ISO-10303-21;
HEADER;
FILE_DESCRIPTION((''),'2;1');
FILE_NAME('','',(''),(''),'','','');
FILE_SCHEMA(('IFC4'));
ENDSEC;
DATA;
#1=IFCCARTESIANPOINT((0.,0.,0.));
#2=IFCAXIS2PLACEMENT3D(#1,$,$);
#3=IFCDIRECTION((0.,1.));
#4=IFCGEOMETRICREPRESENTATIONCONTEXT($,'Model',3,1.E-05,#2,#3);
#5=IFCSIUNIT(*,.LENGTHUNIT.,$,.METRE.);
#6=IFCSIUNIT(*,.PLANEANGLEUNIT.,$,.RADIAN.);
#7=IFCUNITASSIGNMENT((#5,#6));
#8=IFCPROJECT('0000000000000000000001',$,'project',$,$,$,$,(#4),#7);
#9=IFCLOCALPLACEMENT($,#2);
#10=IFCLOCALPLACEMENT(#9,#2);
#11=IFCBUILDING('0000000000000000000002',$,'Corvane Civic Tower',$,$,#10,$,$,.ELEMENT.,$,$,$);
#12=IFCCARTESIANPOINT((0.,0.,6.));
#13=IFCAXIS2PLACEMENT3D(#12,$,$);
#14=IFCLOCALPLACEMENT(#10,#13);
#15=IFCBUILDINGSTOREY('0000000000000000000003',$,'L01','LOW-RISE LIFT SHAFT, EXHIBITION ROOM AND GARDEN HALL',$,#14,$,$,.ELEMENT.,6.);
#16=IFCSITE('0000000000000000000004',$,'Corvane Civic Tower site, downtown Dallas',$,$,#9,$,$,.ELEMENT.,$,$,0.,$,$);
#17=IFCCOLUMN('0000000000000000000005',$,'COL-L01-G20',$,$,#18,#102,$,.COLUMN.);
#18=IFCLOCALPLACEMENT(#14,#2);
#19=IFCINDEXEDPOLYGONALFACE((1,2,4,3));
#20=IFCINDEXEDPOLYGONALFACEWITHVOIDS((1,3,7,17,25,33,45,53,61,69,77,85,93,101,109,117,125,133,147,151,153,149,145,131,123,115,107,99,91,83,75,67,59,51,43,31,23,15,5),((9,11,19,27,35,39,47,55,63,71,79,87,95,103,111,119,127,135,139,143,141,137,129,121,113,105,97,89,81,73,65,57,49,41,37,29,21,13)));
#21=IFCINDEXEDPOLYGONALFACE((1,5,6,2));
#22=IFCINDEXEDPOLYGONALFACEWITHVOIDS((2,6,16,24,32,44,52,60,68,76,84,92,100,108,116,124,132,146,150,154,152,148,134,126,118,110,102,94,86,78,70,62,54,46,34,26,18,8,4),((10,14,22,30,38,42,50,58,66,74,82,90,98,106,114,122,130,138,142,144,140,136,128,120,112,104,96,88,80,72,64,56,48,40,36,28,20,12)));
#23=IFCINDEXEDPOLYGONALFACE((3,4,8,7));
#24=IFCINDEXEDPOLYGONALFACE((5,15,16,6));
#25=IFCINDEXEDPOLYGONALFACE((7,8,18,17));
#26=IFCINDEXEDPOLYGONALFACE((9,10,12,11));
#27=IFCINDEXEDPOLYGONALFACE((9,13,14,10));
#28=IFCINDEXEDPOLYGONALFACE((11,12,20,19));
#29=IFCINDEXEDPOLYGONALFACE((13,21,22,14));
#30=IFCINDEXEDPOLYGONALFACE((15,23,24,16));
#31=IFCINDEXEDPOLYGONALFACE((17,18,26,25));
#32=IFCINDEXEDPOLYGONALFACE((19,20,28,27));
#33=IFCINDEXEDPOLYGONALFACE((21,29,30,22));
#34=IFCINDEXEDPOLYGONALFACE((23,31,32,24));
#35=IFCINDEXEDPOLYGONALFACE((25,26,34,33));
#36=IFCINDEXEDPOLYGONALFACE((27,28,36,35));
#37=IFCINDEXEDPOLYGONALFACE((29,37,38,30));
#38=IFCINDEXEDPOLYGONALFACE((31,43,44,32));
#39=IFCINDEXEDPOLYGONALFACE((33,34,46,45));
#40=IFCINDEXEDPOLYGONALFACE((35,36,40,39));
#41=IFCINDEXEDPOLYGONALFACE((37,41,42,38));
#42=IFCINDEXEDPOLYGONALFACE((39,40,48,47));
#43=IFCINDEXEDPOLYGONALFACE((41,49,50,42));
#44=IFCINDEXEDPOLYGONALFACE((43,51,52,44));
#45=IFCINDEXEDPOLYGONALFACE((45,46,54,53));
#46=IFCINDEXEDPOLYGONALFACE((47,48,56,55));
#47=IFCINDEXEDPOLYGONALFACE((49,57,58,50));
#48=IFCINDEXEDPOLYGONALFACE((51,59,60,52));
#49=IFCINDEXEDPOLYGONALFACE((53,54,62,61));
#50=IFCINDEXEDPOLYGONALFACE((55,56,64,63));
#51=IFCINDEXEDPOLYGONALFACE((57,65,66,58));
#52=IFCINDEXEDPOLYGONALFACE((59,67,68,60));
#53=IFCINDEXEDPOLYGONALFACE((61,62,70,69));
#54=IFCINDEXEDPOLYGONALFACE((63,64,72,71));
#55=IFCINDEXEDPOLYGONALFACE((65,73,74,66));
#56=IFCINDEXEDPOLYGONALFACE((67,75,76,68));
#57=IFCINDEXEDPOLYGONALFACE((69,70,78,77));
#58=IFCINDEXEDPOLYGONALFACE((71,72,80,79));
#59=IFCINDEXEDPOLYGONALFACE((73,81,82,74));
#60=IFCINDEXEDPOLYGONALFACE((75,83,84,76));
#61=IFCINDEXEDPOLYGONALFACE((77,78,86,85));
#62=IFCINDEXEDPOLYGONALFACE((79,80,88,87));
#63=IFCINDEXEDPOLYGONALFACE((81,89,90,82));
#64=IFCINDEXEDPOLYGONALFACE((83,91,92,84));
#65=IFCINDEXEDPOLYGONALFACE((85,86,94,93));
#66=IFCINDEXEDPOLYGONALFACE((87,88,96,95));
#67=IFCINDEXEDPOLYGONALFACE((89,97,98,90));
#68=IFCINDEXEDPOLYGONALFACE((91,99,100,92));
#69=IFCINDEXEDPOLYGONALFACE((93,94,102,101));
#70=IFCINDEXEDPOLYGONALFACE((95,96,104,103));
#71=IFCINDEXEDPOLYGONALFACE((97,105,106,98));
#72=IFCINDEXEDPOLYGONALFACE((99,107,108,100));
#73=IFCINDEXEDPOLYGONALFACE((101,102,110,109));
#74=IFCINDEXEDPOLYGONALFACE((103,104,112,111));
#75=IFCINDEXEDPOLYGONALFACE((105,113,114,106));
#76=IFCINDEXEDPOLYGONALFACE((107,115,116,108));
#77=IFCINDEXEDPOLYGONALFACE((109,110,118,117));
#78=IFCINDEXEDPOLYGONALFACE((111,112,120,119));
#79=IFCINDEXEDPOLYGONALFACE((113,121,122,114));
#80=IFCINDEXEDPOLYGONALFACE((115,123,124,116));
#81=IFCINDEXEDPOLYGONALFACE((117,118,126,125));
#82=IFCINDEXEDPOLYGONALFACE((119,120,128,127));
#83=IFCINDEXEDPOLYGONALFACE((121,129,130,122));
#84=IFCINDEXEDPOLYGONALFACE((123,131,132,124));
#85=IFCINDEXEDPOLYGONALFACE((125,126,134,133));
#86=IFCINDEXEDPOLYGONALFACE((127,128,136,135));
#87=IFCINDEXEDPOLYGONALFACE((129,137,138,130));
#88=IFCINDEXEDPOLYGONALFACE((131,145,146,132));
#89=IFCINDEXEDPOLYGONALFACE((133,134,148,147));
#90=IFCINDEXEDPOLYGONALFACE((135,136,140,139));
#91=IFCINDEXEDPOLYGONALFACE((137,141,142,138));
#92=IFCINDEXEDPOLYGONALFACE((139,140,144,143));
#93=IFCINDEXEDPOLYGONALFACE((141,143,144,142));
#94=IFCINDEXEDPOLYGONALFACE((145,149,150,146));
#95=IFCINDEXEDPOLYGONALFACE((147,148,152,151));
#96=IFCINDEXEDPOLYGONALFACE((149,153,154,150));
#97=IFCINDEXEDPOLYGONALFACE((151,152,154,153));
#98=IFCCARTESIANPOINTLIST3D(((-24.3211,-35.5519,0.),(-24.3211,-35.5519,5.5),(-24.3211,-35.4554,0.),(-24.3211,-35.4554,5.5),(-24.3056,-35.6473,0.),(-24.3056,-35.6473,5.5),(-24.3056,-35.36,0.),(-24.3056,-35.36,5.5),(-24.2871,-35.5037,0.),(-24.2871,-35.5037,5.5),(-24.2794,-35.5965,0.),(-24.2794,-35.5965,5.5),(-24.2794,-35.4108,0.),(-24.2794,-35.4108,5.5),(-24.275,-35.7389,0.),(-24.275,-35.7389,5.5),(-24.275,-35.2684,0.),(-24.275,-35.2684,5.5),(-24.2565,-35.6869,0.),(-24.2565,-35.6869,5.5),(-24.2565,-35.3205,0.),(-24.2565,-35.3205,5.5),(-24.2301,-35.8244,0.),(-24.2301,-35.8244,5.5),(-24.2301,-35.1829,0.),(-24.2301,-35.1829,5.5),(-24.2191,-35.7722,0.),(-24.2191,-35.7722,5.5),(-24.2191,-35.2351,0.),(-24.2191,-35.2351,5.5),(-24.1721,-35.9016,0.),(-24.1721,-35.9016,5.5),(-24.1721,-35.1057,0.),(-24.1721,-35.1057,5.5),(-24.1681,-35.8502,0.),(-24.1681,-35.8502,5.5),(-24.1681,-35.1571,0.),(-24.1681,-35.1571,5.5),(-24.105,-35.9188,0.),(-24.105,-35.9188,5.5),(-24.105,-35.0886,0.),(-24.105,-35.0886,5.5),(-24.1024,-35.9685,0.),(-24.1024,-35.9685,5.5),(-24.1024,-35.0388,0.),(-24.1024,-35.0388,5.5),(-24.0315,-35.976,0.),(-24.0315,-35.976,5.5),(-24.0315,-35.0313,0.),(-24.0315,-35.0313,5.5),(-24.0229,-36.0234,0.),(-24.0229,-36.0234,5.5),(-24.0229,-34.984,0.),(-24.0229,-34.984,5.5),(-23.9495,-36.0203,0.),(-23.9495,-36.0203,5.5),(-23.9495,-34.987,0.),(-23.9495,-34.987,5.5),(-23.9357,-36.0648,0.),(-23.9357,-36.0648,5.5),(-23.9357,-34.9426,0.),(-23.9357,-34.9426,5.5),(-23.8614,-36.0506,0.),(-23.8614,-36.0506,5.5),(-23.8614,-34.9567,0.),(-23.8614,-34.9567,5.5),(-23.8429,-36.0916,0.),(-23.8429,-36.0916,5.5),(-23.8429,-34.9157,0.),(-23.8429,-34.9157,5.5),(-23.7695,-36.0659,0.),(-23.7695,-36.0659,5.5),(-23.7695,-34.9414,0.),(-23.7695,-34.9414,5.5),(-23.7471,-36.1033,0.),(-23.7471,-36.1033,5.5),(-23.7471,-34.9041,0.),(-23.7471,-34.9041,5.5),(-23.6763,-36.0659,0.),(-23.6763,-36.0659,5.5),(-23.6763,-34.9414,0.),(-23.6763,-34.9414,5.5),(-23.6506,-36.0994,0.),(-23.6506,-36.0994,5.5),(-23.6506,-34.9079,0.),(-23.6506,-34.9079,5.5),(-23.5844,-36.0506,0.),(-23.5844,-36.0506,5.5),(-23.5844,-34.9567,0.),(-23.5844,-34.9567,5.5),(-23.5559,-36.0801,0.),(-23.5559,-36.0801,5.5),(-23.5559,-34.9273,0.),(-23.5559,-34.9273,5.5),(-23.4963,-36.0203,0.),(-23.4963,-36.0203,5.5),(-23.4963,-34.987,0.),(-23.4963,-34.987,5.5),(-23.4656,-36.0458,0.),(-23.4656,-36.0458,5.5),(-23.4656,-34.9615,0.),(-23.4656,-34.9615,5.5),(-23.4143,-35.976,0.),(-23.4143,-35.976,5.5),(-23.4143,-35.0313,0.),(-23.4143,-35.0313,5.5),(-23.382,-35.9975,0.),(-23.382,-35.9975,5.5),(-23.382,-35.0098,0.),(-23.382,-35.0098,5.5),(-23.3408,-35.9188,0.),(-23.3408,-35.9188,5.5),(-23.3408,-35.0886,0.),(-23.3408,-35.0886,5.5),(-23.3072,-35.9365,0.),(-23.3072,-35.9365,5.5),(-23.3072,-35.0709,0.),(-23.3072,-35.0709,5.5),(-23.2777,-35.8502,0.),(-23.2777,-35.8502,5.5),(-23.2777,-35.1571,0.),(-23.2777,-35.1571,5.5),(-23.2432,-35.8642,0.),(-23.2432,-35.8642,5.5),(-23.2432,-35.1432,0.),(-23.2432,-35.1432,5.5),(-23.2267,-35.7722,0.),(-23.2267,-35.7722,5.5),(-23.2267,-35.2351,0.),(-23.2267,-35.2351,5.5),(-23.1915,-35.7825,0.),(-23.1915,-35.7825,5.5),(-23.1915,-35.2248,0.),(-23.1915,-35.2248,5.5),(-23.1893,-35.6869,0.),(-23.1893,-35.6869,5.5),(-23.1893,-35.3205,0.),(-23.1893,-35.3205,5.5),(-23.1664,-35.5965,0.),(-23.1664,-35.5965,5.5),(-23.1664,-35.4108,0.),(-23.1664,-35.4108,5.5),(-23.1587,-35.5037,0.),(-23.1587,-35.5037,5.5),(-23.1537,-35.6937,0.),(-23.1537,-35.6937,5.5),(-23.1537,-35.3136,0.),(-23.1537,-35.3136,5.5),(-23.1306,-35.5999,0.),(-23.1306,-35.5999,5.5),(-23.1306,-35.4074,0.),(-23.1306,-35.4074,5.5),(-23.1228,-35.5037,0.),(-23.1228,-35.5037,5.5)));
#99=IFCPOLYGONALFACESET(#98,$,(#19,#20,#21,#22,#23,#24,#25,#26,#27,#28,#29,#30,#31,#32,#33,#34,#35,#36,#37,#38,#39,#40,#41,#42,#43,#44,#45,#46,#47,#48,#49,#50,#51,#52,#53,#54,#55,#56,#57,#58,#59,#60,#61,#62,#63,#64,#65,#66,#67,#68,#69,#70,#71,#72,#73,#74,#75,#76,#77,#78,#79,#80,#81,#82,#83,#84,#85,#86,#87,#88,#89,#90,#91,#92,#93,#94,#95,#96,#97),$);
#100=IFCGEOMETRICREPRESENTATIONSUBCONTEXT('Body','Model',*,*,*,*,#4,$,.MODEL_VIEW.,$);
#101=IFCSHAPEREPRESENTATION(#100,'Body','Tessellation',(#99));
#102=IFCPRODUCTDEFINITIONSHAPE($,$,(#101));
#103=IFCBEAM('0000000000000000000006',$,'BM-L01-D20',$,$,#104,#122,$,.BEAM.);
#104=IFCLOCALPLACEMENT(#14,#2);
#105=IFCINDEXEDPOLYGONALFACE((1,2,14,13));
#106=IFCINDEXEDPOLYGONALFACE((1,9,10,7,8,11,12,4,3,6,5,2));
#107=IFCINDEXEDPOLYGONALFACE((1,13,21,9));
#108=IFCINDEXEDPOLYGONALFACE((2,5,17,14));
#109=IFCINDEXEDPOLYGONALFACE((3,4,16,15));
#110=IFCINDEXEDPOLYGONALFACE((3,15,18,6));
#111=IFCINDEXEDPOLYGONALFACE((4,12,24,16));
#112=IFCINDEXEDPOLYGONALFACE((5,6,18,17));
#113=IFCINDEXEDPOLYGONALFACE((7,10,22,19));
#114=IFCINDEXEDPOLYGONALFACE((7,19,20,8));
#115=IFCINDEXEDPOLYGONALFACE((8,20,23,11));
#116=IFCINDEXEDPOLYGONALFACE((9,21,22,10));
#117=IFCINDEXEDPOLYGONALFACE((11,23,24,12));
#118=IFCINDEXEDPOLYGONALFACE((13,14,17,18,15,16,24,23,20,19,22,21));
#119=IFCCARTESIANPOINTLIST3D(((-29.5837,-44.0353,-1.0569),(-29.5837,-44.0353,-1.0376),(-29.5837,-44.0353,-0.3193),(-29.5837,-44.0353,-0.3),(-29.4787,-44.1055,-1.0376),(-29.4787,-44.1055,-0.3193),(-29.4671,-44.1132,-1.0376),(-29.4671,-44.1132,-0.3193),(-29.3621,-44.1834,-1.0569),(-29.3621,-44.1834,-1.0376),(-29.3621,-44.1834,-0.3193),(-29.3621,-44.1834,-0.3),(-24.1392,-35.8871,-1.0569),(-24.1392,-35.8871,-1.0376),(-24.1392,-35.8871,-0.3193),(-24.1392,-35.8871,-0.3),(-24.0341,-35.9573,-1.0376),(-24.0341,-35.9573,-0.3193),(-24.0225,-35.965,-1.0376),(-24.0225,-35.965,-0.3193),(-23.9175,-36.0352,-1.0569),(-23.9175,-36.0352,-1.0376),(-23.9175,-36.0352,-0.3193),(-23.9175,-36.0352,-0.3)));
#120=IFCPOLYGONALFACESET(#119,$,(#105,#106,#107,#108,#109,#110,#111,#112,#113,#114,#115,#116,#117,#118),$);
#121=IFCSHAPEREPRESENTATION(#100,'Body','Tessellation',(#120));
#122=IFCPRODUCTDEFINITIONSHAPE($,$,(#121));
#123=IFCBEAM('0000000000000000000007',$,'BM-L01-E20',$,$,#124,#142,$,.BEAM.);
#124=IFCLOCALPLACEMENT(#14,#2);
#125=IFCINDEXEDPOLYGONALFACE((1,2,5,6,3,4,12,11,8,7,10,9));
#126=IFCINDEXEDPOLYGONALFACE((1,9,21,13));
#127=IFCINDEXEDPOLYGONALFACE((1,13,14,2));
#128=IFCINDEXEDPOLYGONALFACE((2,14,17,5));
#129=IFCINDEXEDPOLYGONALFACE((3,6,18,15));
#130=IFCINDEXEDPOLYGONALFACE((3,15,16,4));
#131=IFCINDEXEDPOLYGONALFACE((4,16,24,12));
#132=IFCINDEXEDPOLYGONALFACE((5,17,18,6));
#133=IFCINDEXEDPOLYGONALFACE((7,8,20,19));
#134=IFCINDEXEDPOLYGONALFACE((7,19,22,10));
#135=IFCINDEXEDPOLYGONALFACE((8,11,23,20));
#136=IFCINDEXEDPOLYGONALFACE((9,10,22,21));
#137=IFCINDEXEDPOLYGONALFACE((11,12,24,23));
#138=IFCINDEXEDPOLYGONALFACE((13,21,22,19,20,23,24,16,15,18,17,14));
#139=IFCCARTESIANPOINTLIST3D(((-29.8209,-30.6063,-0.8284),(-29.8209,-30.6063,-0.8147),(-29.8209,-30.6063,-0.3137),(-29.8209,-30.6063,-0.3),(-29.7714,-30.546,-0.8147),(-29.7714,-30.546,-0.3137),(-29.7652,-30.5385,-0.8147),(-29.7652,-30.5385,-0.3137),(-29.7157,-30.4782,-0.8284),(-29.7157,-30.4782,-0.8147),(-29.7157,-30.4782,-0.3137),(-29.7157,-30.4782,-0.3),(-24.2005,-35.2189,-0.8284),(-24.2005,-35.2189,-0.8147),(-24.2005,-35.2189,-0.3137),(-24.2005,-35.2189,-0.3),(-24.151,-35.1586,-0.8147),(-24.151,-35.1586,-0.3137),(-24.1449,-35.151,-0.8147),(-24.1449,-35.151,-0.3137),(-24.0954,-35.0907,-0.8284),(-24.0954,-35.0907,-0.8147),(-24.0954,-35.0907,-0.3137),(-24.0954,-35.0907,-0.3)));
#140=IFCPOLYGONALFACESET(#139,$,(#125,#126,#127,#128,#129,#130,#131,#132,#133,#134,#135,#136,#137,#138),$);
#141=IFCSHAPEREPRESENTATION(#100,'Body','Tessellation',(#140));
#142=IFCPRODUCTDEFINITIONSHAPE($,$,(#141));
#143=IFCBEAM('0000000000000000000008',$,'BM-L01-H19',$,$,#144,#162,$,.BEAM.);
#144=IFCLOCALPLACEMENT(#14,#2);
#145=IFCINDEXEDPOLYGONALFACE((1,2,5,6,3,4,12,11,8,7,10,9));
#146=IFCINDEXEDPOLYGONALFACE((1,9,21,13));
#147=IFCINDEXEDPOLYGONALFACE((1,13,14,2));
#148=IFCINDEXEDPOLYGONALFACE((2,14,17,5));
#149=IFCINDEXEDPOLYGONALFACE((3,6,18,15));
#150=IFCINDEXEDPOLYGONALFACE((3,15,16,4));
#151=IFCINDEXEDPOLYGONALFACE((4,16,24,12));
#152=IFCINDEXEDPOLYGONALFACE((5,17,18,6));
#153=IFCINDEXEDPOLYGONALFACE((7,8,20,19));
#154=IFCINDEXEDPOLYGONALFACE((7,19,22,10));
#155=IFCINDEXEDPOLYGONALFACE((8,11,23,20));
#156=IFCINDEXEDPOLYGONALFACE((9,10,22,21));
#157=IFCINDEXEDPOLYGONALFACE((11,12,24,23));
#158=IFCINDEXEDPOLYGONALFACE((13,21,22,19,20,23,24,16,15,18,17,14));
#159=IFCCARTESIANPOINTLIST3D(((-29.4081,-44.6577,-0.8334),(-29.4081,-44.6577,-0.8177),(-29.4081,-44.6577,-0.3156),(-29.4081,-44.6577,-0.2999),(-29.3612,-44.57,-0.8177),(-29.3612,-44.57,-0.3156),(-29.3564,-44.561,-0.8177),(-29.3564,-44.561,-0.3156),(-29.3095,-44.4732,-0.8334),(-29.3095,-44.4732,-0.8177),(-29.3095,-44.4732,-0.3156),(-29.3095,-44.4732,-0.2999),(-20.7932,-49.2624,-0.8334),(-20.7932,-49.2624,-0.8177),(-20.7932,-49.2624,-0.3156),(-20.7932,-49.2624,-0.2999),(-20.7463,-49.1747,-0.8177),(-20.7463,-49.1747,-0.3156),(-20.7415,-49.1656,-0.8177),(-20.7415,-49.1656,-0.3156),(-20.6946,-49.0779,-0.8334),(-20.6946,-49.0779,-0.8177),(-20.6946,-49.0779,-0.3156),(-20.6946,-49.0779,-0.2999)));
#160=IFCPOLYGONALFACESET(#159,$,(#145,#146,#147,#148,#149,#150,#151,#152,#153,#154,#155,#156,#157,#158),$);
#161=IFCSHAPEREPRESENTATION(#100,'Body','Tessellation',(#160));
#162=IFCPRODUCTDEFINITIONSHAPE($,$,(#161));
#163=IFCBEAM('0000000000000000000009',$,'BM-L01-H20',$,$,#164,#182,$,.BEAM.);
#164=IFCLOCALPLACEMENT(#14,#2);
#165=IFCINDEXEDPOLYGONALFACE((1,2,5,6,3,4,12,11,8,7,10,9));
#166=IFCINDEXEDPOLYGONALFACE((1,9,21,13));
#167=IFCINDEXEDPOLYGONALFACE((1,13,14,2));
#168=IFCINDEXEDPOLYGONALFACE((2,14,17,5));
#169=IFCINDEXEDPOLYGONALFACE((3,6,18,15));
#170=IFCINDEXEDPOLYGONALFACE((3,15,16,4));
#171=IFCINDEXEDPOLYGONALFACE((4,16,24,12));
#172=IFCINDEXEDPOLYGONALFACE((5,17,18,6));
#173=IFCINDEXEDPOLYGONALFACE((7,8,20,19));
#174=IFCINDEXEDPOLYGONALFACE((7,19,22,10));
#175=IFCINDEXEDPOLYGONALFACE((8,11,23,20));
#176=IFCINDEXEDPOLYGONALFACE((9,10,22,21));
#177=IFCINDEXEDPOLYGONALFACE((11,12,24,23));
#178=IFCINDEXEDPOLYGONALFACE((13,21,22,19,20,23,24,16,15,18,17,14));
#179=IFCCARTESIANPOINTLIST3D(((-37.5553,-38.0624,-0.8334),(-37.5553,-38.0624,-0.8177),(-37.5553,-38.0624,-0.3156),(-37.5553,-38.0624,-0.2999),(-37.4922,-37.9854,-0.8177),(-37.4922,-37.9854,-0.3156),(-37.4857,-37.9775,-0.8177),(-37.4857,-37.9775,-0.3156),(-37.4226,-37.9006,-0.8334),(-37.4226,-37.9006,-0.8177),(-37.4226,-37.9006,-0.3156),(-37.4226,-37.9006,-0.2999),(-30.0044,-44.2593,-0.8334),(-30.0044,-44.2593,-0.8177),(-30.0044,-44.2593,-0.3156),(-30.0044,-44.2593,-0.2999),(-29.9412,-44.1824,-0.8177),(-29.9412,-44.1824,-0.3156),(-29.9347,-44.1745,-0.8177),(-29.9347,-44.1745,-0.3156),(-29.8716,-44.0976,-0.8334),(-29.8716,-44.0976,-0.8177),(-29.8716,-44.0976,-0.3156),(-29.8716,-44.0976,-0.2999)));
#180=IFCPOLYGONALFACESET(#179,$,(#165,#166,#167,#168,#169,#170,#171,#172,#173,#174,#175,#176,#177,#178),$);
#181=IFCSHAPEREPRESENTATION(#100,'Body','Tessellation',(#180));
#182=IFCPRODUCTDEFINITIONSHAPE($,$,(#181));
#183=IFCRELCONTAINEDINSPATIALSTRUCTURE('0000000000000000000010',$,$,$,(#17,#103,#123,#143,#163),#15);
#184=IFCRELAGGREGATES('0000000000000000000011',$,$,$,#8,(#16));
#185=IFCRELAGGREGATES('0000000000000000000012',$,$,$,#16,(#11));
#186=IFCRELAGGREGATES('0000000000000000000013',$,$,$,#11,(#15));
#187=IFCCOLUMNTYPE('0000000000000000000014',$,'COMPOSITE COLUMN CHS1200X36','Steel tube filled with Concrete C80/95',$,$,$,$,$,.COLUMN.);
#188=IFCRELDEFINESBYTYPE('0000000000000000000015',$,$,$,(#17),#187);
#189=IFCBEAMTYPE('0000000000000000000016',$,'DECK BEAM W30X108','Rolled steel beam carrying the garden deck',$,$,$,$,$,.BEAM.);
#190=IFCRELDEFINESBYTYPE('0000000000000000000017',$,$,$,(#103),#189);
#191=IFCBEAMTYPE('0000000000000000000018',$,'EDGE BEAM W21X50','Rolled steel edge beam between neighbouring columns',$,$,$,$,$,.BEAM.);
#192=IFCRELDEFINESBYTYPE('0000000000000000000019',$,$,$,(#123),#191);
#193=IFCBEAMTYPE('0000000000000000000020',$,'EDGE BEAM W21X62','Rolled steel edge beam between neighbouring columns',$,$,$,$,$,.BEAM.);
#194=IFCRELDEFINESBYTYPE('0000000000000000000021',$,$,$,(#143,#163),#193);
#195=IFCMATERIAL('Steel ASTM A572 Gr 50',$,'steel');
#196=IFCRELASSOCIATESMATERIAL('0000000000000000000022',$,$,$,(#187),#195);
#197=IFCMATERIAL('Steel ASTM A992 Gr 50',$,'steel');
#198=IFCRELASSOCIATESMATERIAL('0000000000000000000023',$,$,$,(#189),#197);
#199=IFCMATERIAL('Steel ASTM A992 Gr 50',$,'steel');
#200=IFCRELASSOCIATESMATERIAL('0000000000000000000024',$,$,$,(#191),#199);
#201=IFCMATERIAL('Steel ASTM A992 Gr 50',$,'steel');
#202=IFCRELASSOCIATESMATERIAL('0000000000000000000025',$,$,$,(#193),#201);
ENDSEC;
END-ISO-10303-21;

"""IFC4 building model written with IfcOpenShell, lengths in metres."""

from ifc_helpers import new_model, si_unit, direction, frame, origin, origin_2d, place, context, subcontext, project, spatial, hollow_circle, i_section, extrude, material, material_profile, profile_set, type_object, element, save


model = new_model("IFC4")

# Units and contexts
model_context = context("Model", 3, precision=1e-05, world=origin(), true_north=direction((0.0, 1.0)))
body_context = subcontext(model_context, "Body", "Model", "MODEL_VIEW")
ifc_project = project(units=[si_unit("LENGTHUNIT", "METRE"), si_unit("PLANEANGLEUNIT", "RADIAN")], contexts=[model_context])

# Site, building, storey
site_placement = place(None, origin())
site = spatial("IfcSite", under=ifc_project, at=site_placement, Name="Corvane Civic Tower site, downtown Dallas", CompositionType="ELEMENT", RefElevation=0.0)
building_placement = place(site_placement, origin())
building = spatial("IfcBuilding", under=site, at=building_placement, Name="Corvane Civic Tower", CompositionType="ELEMENT")
storey_placement = place(building_placement, frame((0.0, 0.0, 6.0)))
storey = spatial("IfcBuildingStorey", under=building, at=storey_placement, Name="L01", Description="LOW-RISE LIFT SHAFT, EXHIBITION ROOM AND GARDEN HALL", CompositionType="ELEMENT", Elevation=6.0)

# Column
ifc_material_1 = material(Name="Steel ASTM A572 Gr 50", Category="steel")
ifc_material_profile_1 = material_profile(ifc_material_1, hollow_circle(Radius=0.6001, WallThickness=0.0359, at=origin_2d()), Name="CHS1200X36")
ifc_profile_set_1 = profile_set([ifc_material_profile_1], Name="Steel ASTM A572 Gr 50")
column_type = type_object("IfcColumnType", Name="COMPOSITE COLUMN CHS1200X36", Description="Steel tube filled with Concrete C80/95", PredefinedType="COLUMN", material=ifc_profile_set_1)
column_placement = place(storey_placement, frame((-23.7229, -35.5037, 0.0), z_axis=(0.0, 0.0, 1.0), x_axis=(1.0, 0.0, 0.0)))
element("IfcColumn", 1, at=column_placement, inside=storey, type_object=column_type, Name="COL-L01-G20", PredefinedType="COLUMN", context=body_context, shape_type="SweptSolid", body=[
    extrude(hollow_circle(Radius=0.6001, WallThickness=0.0359, at=origin_2d()), origin(), (0.0, 0.0, 1.0), 5.5),
])

# Beams
ifc_material_2 = material(Name="Steel ASTM A992 Gr 50", Category="steel")
ifc_material_profile_2 = material_profile(ifc_material_2, i_section(OverallWidth=0.2666, OverallDepth=0.7568, WebThickness=0.0139, FlangeThickness=0.0193, at=origin_2d()), Name="W30X108")
ifc_profile_set_2 = profile_set([ifc_material_profile_2], Name="Steel ASTM A992 Gr 50")
beam_type_1 = type_object("IfcBeamType", Name="DECK BEAM W30X108", Description="Rolled steel beam carrying the garden deck", PredefinedType="BEAM", material=ifc_profile_set_2)
beam_1_placement = place(storey_placement, frame((-24.0283, -35.9612, -0.6785), z_axis=(-0.555579, -0.831463, 0.0), x_axis=(0.831463, -0.555579, 0.0)))
element("IfcBeam", 2, at=beam_1_placement, inside=storey, type_object=beam_type_1, Name="BM-L01-D20", PredefinedType="BEAM", context=body_context, shape_type="SweptSolid", body=[
    extrude(i_section(OverallWidth=0.2666, OverallDepth=0.7568, WebThickness=0.0139, FlangeThickness=0.0193, at=origin_2d()), origin(), (0.0, 0.0, 1.0), 9.7998),
])
ifc_material_3 = material(Name="Steel ASTM A992 Gr 50", Category="steel")
ifc_material_profile_3 = material_profile(ifc_material_3, i_section(OverallWidth=0.1658, OverallDepth=0.5283, WebThickness=0.0098, FlangeThickness=0.0137, at=origin_2d()), Name="W21X50")
ifc_profile_set_3 = profile_set([ifc_material_profile_3], Name="Steel ASTM A992 Gr 50")
beam_type_2 = type_object("IfcBeamType", Name="EDGE BEAM W21X50", Description="Rolled steel edge beam between neighbouring columns", PredefinedType="BEAM", material=ifc_profile_set_3)
beam_2_placement = place(storey_placement, frame((-24.1479, -35.1548, -0.5642), z_axis=(-0.773008, 0.634396, 0.0), x_axis=(-0.634396, -0.773008, 0.0)))
element("IfcBeam", 3, at=beam_2_placement, inside=storey, type_object=beam_type_2, Name="BM-L01-E20", PredefinedType="BEAM", context=body_context, shape_type="SweptSolid", body=[
    extrude(i_section(OverallWidth=0.1658, OverallDepth=0.5283, WebThickness=0.0098, FlangeThickness=0.0137, at=origin_2d()), origin(), (0.0, 0.0, 1.0), 7.2708),
])
ifc_material_4 = material(Name="Steel ASTM A992 Gr 50", Category="steel")
ifc_material_profile_4 = material_profile(ifc_material_4, i_section(OverallWidth=0.2092, OverallDepth=0.5334, WebThickness=0.0103, FlangeThickness=0.0156, at=origin_2d()), Name="W21X62")
ifc_profile_set_4 = profile_set([ifc_material_profile_4], Name="Steel ASTM A992 Gr 50")
beam_type_3 = type_object("IfcBeamType", Name="EDGE BEAM W21X62", Description="Rolled steel edge beam between neighbouring columns", PredefinedType="BEAM", material=ifc_profile_set_4)
for number, where, z_axis, x_axis, name in (
    (4, (-20.7439, -49.1702, -0.5667), (-0.881924, 0.471391, 0.0), (-0.471391, -0.881924, 0.0), "BM-L01-H19"),
    (5, (-29.938, -44.1785, -0.5667), (-0.773008, 0.634397, 0.0), (-0.634397, -0.773008, 0.0), "BM-L01-H20"),
):
    element("IfcBeam", number, at=place(storey_placement, frame(where, z_axis=z_axis, x_axis=x_axis)), inside=storey, type_object=beam_type_3, Name=name, PredefinedType="BEAM", context=body_context, shape_type="SweptSolid", body=[
        extrude(i_section(OverallWidth=0.2092, OverallDepth=0.5334, WebThickness=0.0103, FlangeThickness=0.0156, at=origin_2d()), origin(), (0.0, 0.0, 1.0), 9.7683),
    ])

save(model, "model.ifc")
